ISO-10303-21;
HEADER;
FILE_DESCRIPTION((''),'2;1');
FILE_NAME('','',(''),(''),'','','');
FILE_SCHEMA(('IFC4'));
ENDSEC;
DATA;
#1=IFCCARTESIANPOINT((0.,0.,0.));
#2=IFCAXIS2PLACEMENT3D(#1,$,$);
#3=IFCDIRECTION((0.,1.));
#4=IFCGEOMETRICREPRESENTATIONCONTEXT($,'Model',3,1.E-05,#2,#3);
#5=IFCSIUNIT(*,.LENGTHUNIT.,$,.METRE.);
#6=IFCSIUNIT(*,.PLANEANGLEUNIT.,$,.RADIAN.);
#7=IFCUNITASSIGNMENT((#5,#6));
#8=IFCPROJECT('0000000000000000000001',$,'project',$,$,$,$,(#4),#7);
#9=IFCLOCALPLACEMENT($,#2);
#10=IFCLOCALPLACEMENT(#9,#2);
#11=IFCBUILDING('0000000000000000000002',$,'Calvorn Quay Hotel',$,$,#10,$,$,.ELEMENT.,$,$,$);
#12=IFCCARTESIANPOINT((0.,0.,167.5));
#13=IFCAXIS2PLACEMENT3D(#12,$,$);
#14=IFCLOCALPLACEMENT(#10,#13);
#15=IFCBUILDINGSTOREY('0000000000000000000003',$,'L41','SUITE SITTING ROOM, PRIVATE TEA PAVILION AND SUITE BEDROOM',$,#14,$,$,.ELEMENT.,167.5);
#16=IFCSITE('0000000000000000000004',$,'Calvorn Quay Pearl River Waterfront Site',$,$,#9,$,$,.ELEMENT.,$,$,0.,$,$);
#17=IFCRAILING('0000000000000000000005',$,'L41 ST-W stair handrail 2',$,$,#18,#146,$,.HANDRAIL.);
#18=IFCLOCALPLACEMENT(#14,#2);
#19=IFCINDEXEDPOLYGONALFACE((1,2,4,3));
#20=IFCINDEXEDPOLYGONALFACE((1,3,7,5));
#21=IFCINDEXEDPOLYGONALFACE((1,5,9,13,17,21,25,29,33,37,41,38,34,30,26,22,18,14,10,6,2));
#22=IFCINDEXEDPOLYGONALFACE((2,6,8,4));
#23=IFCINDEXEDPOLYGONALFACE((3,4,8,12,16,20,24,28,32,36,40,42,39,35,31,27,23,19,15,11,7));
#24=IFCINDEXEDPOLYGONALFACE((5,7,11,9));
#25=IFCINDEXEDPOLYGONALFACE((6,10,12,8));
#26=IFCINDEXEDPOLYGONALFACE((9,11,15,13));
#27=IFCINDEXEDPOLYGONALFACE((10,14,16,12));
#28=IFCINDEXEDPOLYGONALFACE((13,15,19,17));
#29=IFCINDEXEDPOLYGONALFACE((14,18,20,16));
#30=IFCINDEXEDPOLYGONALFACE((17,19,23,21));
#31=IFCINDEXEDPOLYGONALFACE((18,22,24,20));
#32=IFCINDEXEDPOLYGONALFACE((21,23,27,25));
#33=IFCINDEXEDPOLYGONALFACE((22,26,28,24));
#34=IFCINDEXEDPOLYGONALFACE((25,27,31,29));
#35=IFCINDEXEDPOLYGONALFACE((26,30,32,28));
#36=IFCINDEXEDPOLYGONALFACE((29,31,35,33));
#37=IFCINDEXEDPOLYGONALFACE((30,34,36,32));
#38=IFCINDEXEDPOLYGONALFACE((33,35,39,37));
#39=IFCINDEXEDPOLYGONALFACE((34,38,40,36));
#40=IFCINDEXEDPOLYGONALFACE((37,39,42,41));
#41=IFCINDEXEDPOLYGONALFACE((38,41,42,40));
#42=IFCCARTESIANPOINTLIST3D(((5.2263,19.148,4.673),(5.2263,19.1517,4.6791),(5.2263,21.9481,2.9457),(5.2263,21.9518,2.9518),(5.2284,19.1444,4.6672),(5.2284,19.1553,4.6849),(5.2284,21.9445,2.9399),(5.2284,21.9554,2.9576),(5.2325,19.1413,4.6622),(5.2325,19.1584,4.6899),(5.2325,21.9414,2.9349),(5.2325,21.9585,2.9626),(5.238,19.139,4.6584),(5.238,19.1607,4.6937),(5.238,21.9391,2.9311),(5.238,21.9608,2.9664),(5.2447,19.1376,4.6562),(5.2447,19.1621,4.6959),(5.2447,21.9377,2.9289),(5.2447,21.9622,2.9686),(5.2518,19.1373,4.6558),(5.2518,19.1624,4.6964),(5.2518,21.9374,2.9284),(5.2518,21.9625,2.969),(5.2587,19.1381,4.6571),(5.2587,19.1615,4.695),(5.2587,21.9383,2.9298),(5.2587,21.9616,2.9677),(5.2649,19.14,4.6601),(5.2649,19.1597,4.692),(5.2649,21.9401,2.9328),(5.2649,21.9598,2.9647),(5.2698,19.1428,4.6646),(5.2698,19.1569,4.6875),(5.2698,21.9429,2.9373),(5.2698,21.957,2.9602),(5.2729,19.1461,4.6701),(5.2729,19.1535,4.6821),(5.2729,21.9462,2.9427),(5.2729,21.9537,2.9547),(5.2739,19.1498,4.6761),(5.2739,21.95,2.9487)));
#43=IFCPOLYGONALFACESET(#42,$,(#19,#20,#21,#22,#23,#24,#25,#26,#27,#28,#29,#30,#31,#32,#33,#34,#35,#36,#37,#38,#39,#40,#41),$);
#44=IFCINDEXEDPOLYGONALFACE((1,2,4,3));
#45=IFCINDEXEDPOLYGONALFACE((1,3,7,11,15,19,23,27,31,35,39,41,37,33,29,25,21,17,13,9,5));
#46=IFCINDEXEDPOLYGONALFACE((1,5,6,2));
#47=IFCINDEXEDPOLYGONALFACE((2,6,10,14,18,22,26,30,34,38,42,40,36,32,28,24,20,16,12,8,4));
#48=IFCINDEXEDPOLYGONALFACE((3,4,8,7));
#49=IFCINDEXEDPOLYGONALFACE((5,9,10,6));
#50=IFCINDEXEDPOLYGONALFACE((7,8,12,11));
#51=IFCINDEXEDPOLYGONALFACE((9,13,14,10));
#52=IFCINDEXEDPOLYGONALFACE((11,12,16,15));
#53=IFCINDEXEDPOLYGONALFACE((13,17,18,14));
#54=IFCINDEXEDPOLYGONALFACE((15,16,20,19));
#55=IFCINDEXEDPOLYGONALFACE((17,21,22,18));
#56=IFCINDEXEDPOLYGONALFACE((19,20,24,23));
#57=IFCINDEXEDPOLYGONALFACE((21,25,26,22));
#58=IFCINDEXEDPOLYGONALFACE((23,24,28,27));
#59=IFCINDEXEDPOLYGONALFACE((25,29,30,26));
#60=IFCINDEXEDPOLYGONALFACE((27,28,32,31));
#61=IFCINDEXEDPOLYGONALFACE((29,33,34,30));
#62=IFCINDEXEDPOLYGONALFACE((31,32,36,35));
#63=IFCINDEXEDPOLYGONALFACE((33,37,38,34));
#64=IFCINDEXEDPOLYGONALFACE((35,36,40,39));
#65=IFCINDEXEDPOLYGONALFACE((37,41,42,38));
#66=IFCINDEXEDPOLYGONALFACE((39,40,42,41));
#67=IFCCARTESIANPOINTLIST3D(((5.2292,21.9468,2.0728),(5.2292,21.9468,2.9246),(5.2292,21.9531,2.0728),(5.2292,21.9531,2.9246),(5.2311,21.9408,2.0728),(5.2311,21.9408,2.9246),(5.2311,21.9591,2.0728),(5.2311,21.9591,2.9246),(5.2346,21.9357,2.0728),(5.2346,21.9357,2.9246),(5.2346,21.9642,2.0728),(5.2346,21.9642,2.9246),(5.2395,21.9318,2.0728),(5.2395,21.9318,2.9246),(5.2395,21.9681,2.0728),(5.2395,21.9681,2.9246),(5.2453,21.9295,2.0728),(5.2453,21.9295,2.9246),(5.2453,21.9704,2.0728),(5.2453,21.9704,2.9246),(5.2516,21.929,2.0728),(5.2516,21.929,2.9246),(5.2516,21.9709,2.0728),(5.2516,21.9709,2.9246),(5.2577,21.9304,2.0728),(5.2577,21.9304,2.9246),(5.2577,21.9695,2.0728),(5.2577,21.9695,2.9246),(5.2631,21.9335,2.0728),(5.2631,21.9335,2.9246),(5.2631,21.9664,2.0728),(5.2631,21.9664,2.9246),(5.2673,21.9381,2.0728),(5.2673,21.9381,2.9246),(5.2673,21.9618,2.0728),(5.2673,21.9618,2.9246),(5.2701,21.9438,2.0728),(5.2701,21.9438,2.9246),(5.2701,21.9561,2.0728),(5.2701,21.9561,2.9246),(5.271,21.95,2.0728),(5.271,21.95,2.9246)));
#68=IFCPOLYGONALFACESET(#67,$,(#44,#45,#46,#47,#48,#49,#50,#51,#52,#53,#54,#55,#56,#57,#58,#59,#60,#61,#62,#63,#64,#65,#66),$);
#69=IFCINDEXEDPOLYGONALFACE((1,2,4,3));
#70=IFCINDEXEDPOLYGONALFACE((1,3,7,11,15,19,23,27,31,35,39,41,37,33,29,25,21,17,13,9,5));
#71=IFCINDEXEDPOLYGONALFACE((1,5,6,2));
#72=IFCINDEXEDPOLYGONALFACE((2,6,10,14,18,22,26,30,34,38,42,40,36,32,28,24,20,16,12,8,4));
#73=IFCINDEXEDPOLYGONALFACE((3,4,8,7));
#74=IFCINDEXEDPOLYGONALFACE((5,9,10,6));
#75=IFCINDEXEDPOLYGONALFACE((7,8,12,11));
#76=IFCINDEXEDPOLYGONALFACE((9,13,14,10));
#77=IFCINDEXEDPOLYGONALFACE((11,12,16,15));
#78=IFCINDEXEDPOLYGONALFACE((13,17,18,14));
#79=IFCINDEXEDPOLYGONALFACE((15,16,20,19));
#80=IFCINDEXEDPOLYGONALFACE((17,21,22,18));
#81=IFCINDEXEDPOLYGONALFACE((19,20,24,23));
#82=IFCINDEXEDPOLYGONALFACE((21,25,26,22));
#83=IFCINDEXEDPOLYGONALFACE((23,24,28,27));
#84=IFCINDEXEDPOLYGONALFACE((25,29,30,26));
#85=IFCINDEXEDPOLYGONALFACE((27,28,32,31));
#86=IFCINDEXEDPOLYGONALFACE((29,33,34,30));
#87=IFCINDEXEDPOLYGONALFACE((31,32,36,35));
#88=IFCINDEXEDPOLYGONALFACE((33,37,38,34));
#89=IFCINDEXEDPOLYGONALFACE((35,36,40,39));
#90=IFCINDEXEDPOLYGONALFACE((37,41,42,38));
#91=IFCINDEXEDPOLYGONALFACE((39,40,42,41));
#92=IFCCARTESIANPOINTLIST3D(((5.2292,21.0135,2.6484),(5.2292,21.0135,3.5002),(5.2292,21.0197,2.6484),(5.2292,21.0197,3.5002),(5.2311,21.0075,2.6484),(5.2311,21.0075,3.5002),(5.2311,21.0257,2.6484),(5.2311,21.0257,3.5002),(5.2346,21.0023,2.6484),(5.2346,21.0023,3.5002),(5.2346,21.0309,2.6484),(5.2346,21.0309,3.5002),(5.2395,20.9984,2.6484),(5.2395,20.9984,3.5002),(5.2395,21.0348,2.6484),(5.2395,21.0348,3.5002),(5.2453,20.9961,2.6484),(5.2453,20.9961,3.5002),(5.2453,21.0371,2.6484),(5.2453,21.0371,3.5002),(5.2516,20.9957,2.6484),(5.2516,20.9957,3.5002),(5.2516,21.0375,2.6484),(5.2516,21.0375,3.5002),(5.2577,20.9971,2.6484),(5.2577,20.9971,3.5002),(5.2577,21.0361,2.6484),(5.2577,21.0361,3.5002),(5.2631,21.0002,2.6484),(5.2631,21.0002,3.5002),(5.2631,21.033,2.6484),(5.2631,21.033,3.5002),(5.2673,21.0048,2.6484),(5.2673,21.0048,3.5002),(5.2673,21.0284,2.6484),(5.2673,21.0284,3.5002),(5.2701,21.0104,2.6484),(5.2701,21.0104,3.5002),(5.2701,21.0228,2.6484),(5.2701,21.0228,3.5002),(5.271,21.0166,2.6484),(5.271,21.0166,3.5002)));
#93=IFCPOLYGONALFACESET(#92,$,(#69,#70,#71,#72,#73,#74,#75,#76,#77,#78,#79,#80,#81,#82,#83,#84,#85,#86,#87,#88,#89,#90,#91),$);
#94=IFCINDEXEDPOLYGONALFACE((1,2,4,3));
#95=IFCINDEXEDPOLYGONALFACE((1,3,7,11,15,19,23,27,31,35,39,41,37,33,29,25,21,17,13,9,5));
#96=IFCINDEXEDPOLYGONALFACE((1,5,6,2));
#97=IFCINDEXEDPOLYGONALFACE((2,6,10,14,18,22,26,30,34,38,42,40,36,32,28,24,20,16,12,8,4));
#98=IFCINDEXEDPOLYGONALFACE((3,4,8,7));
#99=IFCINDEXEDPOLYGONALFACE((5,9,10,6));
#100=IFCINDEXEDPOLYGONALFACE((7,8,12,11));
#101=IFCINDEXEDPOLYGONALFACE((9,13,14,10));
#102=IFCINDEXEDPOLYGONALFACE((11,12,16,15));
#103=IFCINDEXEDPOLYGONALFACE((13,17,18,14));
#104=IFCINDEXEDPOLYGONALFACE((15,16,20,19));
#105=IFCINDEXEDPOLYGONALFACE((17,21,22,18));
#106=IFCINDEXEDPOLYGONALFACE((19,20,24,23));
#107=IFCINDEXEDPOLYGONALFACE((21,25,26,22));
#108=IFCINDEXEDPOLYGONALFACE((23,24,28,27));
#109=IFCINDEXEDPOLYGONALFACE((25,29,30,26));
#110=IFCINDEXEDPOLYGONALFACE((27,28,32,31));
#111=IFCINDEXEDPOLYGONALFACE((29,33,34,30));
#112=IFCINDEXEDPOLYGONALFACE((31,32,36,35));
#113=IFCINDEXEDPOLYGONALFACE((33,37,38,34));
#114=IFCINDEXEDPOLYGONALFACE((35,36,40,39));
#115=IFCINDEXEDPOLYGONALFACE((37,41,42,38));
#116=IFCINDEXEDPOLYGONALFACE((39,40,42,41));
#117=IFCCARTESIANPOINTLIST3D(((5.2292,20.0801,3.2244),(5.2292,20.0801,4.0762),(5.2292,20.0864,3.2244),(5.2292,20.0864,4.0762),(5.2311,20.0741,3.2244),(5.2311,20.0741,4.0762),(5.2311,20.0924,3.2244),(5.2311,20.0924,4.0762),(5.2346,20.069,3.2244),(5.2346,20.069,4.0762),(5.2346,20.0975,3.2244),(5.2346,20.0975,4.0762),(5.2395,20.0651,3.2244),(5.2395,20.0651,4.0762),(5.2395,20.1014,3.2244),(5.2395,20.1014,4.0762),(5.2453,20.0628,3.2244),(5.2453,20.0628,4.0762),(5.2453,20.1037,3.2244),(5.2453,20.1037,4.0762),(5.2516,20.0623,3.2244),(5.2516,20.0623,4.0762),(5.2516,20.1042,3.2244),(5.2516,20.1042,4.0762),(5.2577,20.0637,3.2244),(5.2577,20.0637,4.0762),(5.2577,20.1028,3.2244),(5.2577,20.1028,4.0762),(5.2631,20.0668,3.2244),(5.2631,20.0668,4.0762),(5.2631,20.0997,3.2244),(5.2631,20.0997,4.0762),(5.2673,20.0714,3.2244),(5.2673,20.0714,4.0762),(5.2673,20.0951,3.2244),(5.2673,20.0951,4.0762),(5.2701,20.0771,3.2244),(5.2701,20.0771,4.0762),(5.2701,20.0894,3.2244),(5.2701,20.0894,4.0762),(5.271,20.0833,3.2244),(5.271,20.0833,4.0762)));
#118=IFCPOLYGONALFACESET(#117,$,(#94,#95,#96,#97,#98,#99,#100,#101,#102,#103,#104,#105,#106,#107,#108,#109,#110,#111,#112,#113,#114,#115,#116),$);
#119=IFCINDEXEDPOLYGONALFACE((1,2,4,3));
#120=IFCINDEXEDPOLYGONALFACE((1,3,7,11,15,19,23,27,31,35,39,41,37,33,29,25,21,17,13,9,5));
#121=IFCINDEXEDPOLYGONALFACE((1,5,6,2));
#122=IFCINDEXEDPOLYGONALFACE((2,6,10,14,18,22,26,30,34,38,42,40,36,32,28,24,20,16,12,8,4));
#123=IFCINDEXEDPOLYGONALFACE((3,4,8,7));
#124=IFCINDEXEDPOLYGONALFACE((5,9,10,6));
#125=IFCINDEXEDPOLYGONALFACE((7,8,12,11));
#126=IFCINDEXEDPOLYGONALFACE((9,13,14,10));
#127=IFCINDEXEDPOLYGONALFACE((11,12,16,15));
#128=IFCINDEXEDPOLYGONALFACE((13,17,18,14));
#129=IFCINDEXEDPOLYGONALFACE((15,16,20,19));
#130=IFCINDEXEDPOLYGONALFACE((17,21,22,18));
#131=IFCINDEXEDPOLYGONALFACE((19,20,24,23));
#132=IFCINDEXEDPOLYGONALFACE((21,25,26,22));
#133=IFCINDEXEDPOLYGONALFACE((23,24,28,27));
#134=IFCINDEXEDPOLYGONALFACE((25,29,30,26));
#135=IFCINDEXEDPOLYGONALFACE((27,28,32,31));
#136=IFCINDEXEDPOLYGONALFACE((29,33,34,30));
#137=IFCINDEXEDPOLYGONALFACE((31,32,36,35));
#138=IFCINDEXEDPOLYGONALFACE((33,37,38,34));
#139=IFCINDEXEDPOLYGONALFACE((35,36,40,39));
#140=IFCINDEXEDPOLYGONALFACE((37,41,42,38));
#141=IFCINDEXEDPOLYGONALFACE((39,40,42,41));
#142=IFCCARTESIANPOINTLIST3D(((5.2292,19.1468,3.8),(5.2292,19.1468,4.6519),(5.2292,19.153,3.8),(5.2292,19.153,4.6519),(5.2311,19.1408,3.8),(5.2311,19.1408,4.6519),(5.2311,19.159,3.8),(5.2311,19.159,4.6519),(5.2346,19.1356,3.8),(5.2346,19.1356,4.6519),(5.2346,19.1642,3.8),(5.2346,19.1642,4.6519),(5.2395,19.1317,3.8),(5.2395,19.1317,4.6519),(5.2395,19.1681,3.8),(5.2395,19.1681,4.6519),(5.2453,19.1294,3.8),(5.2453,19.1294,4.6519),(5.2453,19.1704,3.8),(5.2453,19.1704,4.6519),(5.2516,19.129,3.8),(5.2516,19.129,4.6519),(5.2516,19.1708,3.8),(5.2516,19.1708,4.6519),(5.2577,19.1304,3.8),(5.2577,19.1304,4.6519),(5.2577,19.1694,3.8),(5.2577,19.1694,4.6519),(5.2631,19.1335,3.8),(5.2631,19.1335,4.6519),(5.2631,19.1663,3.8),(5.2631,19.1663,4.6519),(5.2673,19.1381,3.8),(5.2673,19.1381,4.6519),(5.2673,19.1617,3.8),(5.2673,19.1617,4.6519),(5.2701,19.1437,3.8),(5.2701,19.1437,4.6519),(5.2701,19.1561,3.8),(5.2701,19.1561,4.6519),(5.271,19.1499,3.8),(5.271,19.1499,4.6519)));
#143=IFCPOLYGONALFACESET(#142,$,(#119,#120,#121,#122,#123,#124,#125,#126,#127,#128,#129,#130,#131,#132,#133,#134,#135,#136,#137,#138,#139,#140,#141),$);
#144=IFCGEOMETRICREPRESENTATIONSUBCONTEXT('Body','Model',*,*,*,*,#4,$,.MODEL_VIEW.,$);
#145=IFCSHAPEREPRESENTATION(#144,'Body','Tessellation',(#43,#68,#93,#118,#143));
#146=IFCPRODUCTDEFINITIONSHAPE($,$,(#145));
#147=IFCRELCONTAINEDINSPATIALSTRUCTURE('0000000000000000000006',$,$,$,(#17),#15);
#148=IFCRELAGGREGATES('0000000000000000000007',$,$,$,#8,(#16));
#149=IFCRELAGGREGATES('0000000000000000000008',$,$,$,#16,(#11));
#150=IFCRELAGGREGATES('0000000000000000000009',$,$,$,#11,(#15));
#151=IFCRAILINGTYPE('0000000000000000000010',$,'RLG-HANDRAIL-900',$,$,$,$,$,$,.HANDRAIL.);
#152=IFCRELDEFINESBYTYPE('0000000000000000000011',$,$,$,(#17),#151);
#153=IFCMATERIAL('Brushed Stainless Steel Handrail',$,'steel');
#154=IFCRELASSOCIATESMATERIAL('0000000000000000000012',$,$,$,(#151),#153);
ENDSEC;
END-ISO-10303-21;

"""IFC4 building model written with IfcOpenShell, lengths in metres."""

from ifc_helpers import new_model, si_unit, direction, frame, origin, origin_2d, place, context, subcontext, project, spatial, circle, extrude, material, type_object, element, save


model = new_model("IFC4")

# Units and contexts
model_context = context("Model", 3, precision=1e-05, world=origin(), true_north=direction((0.0, 1.0)))
body_context = subcontext(model_context, "Body", "Model", "MODEL_VIEW")
ifc_project = project(units=[si_unit("LENGTHUNIT", "METRE"), si_unit("PLANEANGLEUNIT", "RADIAN")], contexts=[model_context])

# Site, building, storey
site_placement = place(None, origin())
site = spatial("IfcSite", under=ifc_project, at=site_placement, Name="Calvorn Quay Pearl River Waterfront Site", CompositionType="ELEMENT", RefElevation=0.0)
building_placement = place(site_placement, origin())
building = spatial("IfcBuilding", under=site, at=building_placement, Name="Calvorn Quay Hotel", CompositionType="ELEMENT")
storey_placement = place(building_placement, frame((0.0, 0.0, 167.5)))
storey = spatial("IfcBuildingStorey", under=building, at=storey_placement, Name="L41", Description="SUITE SITTING ROOM, PRIVATE TEA PAVILION AND SUITE BEDROOM", CompositionType="ELEMENT", Elevation=167.5)

# Railing
ifc_material_1 = material(Name="Brushed Stainless Steel Handrail", Category="steel")
railing_type_1 = type_object("IfcRailingType", Name="RLG-HANDRAIL-900", PredefinedType="HANDRAIL", material=ifc_material_1)
railing_1_placement = place(storey_placement, frame((5.25, 21.95, 2.0728)))
element("IfcRailing", 1, at=railing_1_placement, inside=storey, type_object=railing_type_1, Name="L41 ST-W stair handrail 2", PredefinedType="HANDRAIL", context=body_context, shape_type="SweptSolid", body=[
    extrude(circle(Radius=0.0239, at=origin_2d()), frame((0.0, 0.0, 0.876), z_axis=(0.0, -0.85109, 0.52502), x_axis=(1.0, 0.0, 0.0)), (0.0, 0.0, 1.0), 3.29),
    extrude(circle(Radius=0.021, at=origin_2d()), origin(), (0.0, 0.0, 1.0), 0.8518),
    extrude(circle(Radius=0.021, at=origin_2d()), frame((0.0, -0.9333, 0.5757)), (0.0, 0.0, 1.0), 0.8518),
    extrude(circle(Radius=0.021, at=origin_2d()), frame((0.0, -1.8667, 1.1516)), (0.0, 0.0, 1.0), 0.8518),
    extrude(circle(Radius=0.021, at=origin_2d()), frame((0.0, -2.8, 1.7273)), (0.0, 0.0, 1.0), 0.8518),
])

save(model, "model.ifc")
